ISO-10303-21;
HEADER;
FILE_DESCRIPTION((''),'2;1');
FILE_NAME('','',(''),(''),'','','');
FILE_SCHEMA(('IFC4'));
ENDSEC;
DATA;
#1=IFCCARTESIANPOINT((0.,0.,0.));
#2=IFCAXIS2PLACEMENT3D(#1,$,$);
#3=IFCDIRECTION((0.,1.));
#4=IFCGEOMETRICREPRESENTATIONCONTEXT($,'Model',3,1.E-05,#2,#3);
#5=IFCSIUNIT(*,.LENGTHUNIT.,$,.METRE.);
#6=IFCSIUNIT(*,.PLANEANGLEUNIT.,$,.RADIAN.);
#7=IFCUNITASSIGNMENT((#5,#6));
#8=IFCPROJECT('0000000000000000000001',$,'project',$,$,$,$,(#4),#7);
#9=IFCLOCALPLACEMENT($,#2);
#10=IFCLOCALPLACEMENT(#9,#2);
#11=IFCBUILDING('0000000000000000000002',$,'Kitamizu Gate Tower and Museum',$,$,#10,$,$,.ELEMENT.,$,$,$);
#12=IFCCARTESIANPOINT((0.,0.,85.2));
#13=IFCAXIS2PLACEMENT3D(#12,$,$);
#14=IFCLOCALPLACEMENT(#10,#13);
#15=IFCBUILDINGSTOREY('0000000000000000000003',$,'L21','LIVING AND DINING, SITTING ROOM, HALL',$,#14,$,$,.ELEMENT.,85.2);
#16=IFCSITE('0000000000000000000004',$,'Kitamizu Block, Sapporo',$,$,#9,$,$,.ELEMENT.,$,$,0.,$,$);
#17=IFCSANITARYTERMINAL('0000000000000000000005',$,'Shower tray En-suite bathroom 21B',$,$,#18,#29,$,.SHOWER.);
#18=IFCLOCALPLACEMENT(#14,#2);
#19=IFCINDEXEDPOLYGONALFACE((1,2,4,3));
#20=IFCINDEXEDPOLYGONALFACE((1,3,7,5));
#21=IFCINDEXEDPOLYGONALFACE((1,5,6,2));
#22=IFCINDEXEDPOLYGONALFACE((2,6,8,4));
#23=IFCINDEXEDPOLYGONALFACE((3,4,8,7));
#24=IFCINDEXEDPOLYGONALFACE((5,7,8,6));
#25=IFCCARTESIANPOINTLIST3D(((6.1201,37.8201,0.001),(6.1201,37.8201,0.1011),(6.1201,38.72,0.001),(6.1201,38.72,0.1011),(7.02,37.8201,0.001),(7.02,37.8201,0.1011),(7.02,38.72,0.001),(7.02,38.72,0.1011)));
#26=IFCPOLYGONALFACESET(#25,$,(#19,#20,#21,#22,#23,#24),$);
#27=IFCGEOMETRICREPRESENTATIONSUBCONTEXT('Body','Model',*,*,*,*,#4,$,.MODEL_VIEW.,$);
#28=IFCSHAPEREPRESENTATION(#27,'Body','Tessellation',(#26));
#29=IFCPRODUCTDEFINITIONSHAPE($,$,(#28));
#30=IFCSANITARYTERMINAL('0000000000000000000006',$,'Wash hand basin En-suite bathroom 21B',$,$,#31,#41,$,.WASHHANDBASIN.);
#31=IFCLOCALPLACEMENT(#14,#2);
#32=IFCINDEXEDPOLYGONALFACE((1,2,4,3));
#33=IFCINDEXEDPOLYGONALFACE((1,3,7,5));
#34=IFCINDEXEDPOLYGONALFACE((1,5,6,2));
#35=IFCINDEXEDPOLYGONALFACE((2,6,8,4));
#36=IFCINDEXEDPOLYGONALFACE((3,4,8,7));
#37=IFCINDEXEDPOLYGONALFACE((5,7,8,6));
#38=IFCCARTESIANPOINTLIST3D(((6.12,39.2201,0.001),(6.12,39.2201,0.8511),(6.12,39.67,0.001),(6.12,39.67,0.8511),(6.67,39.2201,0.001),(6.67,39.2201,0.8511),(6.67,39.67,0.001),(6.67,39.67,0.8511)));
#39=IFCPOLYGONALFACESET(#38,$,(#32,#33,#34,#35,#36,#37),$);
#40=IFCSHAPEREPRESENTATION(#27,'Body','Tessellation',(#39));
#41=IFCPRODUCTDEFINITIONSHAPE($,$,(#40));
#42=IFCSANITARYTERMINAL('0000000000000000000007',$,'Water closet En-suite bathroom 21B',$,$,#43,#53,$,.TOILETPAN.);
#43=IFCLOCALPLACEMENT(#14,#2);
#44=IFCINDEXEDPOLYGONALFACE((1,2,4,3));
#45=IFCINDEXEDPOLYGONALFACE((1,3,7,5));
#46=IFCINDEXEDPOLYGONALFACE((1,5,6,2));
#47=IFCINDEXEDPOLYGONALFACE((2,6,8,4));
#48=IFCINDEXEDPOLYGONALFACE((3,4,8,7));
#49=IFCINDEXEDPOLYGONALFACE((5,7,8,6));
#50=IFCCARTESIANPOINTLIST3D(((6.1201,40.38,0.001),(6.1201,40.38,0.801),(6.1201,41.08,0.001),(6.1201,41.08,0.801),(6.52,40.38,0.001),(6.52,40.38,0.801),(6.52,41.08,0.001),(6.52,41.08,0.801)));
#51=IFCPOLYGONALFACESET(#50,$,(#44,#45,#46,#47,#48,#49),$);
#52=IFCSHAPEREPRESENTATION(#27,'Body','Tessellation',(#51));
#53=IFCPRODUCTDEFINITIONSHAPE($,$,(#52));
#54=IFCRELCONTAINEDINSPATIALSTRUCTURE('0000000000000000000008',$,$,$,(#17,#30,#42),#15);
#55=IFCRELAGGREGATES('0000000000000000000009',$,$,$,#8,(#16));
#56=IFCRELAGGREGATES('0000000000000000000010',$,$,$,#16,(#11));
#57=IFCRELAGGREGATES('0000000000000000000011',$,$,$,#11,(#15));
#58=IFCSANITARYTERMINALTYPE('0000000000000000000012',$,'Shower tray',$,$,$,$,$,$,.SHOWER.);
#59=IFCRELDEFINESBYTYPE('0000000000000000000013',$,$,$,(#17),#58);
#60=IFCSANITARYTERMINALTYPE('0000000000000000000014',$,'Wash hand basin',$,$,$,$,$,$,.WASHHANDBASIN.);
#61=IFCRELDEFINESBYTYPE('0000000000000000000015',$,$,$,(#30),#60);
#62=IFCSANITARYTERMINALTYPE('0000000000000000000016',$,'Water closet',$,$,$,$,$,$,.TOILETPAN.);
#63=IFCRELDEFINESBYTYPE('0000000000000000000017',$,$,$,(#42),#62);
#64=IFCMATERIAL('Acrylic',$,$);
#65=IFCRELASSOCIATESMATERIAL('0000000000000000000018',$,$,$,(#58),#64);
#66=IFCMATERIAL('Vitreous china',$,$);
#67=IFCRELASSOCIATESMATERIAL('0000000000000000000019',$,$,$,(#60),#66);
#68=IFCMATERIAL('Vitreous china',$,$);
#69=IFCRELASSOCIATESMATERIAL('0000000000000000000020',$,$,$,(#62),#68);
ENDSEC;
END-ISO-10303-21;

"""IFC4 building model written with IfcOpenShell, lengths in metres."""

from ifc_helpers import new_model, si_unit, direction, frame, origin, origin_2d, place, context, subcontext, project, spatial, rectangle, extrude, material, type_object, element, save


model = new_model("IFC4")

# Units and contexts
model_context = context("Model", 3, precision=1e-05, world=origin(), true_north=direction((0.0, 1.0)))
body_context = subcontext(model_context, "Body", "Model", "MODEL_VIEW")
ifc_project = project(units=[si_unit("LENGTHUNIT", "METRE"), si_unit("PLANEANGLEUNIT", "RADIAN")], contexts=[model_context])

# Site, building, storey
site_placement = place(None, origin())
site = spatial("IfcSite", under=ifc_project, at=site_placement, Name="Kitamizu Block, Sapporo", CompositionType="ELEMENT", RefElevation=0.0)
building_placement = place(site_placement, origin())
building = spatial("IfcBuilding", under=site, at=building_placement, Name="Kitamizu Gate Tower and Museum", CompositionType="ELEMENT")
storey_placement = place(building_placement, frame((0.0, 0.0, 85.2)))
storey = spatial("IfcBuildingStorey", under=building, at=storey_placement, Name="L21", Description="LIVING AND DINING, SITTING ROOM, HALL", CompositionType="ELEMENT", Elevation=85.2)

# Sanitary terminals
ifc_material_1 = material(Name="Acrylic")
sanitary_terminal_type_1 = type_object("IfcSanitaryTerminalType", Name="Shower tray", PredefinedType="SHOWER", material=ifc_material_1)
sanitary_terminal_1_placement = place(storey_placement, frame((6.5701, 38.27, 0.001), z_axis=(0.0, 0.0, 1.0), x_axis=(1.0, 0.0, 0.0)))
element("IfcSanitaryTerminal", 1, at=sanitary_terminal_1_placement, inside=storey, type_object=sanitary_terminal_type_1, Name="Shower tray En-suite bathroom 21B", PredefinedType="SHOWER", context=body_context, shape_type="SweptSolid", body=[
    extrude(rectangle(XDim=0.8999, YDim=0.8999, at=origin_2d()), origin(), (0.0, 0.0, 1.0), 0.1001),
])
ifc_material_2 = material(Name="Vitreous china")
sanitary_terminal_type_2 = type_object("IfcSanitaryTerminalType", Name="Wash hand basin", PredefinedType="WASHHANDBASIN", material=ifc_material_2)
sanitary_terminal_2_placement = place(storey_placement, frame((6.395, 39.4451, 0.001), z_axis=(0.0, 0.0, 1.0), x_axis=(1.0, 0.0, 0.0)))
element("IfcSanitaryTerminal", 2, at=sanitary_terminal_2_placement, inside=storey, type_object=sanitary_terminal_type_2, Name="Wash hand basin En-suite bathroom 21B", PredefinedType="WASHHANDBASIN", context=body_context, shape_type="SweptSolid", body=[
    extrude(rectangle(XDim=0.55, YDim=0.45, at=origin_2d()), origin(), (0.0, 0.0, 1.0), 0.8501),
])
ifc_material_3 = material(Name="Vitreous china")
sanitary_terminal_type_3 = type_object("IfcSanitaryTerminalType", Name="Water closet", PredefinedType="TOILETPAN", material=ifc_material_3)
sanitary_terminal_3_placement = place(storey_placement, frame((6.3201, 40.73, 0.001), z_axis=(0.0, 0.0, 1.0), x_axis=(1.0, 0.0, 0.0)))
element("IfcSanitaryTerminal", 3, at=sanitary_terminal_3_placement, inside=storey, type_object=sanitary_terminal_type_3, Name="Water closet En-suite bathroom 21B", PredefinedType="TOILETPAN", context=body_context, shape_type="SweptSolid", body=[
    extrude(rectangle(XDim=0.3999, YDim=0.7, at=origin_2d()), origin(), (0.0, 0.0, 1.0), 0.8),
])

save(model, "model.ifc")
